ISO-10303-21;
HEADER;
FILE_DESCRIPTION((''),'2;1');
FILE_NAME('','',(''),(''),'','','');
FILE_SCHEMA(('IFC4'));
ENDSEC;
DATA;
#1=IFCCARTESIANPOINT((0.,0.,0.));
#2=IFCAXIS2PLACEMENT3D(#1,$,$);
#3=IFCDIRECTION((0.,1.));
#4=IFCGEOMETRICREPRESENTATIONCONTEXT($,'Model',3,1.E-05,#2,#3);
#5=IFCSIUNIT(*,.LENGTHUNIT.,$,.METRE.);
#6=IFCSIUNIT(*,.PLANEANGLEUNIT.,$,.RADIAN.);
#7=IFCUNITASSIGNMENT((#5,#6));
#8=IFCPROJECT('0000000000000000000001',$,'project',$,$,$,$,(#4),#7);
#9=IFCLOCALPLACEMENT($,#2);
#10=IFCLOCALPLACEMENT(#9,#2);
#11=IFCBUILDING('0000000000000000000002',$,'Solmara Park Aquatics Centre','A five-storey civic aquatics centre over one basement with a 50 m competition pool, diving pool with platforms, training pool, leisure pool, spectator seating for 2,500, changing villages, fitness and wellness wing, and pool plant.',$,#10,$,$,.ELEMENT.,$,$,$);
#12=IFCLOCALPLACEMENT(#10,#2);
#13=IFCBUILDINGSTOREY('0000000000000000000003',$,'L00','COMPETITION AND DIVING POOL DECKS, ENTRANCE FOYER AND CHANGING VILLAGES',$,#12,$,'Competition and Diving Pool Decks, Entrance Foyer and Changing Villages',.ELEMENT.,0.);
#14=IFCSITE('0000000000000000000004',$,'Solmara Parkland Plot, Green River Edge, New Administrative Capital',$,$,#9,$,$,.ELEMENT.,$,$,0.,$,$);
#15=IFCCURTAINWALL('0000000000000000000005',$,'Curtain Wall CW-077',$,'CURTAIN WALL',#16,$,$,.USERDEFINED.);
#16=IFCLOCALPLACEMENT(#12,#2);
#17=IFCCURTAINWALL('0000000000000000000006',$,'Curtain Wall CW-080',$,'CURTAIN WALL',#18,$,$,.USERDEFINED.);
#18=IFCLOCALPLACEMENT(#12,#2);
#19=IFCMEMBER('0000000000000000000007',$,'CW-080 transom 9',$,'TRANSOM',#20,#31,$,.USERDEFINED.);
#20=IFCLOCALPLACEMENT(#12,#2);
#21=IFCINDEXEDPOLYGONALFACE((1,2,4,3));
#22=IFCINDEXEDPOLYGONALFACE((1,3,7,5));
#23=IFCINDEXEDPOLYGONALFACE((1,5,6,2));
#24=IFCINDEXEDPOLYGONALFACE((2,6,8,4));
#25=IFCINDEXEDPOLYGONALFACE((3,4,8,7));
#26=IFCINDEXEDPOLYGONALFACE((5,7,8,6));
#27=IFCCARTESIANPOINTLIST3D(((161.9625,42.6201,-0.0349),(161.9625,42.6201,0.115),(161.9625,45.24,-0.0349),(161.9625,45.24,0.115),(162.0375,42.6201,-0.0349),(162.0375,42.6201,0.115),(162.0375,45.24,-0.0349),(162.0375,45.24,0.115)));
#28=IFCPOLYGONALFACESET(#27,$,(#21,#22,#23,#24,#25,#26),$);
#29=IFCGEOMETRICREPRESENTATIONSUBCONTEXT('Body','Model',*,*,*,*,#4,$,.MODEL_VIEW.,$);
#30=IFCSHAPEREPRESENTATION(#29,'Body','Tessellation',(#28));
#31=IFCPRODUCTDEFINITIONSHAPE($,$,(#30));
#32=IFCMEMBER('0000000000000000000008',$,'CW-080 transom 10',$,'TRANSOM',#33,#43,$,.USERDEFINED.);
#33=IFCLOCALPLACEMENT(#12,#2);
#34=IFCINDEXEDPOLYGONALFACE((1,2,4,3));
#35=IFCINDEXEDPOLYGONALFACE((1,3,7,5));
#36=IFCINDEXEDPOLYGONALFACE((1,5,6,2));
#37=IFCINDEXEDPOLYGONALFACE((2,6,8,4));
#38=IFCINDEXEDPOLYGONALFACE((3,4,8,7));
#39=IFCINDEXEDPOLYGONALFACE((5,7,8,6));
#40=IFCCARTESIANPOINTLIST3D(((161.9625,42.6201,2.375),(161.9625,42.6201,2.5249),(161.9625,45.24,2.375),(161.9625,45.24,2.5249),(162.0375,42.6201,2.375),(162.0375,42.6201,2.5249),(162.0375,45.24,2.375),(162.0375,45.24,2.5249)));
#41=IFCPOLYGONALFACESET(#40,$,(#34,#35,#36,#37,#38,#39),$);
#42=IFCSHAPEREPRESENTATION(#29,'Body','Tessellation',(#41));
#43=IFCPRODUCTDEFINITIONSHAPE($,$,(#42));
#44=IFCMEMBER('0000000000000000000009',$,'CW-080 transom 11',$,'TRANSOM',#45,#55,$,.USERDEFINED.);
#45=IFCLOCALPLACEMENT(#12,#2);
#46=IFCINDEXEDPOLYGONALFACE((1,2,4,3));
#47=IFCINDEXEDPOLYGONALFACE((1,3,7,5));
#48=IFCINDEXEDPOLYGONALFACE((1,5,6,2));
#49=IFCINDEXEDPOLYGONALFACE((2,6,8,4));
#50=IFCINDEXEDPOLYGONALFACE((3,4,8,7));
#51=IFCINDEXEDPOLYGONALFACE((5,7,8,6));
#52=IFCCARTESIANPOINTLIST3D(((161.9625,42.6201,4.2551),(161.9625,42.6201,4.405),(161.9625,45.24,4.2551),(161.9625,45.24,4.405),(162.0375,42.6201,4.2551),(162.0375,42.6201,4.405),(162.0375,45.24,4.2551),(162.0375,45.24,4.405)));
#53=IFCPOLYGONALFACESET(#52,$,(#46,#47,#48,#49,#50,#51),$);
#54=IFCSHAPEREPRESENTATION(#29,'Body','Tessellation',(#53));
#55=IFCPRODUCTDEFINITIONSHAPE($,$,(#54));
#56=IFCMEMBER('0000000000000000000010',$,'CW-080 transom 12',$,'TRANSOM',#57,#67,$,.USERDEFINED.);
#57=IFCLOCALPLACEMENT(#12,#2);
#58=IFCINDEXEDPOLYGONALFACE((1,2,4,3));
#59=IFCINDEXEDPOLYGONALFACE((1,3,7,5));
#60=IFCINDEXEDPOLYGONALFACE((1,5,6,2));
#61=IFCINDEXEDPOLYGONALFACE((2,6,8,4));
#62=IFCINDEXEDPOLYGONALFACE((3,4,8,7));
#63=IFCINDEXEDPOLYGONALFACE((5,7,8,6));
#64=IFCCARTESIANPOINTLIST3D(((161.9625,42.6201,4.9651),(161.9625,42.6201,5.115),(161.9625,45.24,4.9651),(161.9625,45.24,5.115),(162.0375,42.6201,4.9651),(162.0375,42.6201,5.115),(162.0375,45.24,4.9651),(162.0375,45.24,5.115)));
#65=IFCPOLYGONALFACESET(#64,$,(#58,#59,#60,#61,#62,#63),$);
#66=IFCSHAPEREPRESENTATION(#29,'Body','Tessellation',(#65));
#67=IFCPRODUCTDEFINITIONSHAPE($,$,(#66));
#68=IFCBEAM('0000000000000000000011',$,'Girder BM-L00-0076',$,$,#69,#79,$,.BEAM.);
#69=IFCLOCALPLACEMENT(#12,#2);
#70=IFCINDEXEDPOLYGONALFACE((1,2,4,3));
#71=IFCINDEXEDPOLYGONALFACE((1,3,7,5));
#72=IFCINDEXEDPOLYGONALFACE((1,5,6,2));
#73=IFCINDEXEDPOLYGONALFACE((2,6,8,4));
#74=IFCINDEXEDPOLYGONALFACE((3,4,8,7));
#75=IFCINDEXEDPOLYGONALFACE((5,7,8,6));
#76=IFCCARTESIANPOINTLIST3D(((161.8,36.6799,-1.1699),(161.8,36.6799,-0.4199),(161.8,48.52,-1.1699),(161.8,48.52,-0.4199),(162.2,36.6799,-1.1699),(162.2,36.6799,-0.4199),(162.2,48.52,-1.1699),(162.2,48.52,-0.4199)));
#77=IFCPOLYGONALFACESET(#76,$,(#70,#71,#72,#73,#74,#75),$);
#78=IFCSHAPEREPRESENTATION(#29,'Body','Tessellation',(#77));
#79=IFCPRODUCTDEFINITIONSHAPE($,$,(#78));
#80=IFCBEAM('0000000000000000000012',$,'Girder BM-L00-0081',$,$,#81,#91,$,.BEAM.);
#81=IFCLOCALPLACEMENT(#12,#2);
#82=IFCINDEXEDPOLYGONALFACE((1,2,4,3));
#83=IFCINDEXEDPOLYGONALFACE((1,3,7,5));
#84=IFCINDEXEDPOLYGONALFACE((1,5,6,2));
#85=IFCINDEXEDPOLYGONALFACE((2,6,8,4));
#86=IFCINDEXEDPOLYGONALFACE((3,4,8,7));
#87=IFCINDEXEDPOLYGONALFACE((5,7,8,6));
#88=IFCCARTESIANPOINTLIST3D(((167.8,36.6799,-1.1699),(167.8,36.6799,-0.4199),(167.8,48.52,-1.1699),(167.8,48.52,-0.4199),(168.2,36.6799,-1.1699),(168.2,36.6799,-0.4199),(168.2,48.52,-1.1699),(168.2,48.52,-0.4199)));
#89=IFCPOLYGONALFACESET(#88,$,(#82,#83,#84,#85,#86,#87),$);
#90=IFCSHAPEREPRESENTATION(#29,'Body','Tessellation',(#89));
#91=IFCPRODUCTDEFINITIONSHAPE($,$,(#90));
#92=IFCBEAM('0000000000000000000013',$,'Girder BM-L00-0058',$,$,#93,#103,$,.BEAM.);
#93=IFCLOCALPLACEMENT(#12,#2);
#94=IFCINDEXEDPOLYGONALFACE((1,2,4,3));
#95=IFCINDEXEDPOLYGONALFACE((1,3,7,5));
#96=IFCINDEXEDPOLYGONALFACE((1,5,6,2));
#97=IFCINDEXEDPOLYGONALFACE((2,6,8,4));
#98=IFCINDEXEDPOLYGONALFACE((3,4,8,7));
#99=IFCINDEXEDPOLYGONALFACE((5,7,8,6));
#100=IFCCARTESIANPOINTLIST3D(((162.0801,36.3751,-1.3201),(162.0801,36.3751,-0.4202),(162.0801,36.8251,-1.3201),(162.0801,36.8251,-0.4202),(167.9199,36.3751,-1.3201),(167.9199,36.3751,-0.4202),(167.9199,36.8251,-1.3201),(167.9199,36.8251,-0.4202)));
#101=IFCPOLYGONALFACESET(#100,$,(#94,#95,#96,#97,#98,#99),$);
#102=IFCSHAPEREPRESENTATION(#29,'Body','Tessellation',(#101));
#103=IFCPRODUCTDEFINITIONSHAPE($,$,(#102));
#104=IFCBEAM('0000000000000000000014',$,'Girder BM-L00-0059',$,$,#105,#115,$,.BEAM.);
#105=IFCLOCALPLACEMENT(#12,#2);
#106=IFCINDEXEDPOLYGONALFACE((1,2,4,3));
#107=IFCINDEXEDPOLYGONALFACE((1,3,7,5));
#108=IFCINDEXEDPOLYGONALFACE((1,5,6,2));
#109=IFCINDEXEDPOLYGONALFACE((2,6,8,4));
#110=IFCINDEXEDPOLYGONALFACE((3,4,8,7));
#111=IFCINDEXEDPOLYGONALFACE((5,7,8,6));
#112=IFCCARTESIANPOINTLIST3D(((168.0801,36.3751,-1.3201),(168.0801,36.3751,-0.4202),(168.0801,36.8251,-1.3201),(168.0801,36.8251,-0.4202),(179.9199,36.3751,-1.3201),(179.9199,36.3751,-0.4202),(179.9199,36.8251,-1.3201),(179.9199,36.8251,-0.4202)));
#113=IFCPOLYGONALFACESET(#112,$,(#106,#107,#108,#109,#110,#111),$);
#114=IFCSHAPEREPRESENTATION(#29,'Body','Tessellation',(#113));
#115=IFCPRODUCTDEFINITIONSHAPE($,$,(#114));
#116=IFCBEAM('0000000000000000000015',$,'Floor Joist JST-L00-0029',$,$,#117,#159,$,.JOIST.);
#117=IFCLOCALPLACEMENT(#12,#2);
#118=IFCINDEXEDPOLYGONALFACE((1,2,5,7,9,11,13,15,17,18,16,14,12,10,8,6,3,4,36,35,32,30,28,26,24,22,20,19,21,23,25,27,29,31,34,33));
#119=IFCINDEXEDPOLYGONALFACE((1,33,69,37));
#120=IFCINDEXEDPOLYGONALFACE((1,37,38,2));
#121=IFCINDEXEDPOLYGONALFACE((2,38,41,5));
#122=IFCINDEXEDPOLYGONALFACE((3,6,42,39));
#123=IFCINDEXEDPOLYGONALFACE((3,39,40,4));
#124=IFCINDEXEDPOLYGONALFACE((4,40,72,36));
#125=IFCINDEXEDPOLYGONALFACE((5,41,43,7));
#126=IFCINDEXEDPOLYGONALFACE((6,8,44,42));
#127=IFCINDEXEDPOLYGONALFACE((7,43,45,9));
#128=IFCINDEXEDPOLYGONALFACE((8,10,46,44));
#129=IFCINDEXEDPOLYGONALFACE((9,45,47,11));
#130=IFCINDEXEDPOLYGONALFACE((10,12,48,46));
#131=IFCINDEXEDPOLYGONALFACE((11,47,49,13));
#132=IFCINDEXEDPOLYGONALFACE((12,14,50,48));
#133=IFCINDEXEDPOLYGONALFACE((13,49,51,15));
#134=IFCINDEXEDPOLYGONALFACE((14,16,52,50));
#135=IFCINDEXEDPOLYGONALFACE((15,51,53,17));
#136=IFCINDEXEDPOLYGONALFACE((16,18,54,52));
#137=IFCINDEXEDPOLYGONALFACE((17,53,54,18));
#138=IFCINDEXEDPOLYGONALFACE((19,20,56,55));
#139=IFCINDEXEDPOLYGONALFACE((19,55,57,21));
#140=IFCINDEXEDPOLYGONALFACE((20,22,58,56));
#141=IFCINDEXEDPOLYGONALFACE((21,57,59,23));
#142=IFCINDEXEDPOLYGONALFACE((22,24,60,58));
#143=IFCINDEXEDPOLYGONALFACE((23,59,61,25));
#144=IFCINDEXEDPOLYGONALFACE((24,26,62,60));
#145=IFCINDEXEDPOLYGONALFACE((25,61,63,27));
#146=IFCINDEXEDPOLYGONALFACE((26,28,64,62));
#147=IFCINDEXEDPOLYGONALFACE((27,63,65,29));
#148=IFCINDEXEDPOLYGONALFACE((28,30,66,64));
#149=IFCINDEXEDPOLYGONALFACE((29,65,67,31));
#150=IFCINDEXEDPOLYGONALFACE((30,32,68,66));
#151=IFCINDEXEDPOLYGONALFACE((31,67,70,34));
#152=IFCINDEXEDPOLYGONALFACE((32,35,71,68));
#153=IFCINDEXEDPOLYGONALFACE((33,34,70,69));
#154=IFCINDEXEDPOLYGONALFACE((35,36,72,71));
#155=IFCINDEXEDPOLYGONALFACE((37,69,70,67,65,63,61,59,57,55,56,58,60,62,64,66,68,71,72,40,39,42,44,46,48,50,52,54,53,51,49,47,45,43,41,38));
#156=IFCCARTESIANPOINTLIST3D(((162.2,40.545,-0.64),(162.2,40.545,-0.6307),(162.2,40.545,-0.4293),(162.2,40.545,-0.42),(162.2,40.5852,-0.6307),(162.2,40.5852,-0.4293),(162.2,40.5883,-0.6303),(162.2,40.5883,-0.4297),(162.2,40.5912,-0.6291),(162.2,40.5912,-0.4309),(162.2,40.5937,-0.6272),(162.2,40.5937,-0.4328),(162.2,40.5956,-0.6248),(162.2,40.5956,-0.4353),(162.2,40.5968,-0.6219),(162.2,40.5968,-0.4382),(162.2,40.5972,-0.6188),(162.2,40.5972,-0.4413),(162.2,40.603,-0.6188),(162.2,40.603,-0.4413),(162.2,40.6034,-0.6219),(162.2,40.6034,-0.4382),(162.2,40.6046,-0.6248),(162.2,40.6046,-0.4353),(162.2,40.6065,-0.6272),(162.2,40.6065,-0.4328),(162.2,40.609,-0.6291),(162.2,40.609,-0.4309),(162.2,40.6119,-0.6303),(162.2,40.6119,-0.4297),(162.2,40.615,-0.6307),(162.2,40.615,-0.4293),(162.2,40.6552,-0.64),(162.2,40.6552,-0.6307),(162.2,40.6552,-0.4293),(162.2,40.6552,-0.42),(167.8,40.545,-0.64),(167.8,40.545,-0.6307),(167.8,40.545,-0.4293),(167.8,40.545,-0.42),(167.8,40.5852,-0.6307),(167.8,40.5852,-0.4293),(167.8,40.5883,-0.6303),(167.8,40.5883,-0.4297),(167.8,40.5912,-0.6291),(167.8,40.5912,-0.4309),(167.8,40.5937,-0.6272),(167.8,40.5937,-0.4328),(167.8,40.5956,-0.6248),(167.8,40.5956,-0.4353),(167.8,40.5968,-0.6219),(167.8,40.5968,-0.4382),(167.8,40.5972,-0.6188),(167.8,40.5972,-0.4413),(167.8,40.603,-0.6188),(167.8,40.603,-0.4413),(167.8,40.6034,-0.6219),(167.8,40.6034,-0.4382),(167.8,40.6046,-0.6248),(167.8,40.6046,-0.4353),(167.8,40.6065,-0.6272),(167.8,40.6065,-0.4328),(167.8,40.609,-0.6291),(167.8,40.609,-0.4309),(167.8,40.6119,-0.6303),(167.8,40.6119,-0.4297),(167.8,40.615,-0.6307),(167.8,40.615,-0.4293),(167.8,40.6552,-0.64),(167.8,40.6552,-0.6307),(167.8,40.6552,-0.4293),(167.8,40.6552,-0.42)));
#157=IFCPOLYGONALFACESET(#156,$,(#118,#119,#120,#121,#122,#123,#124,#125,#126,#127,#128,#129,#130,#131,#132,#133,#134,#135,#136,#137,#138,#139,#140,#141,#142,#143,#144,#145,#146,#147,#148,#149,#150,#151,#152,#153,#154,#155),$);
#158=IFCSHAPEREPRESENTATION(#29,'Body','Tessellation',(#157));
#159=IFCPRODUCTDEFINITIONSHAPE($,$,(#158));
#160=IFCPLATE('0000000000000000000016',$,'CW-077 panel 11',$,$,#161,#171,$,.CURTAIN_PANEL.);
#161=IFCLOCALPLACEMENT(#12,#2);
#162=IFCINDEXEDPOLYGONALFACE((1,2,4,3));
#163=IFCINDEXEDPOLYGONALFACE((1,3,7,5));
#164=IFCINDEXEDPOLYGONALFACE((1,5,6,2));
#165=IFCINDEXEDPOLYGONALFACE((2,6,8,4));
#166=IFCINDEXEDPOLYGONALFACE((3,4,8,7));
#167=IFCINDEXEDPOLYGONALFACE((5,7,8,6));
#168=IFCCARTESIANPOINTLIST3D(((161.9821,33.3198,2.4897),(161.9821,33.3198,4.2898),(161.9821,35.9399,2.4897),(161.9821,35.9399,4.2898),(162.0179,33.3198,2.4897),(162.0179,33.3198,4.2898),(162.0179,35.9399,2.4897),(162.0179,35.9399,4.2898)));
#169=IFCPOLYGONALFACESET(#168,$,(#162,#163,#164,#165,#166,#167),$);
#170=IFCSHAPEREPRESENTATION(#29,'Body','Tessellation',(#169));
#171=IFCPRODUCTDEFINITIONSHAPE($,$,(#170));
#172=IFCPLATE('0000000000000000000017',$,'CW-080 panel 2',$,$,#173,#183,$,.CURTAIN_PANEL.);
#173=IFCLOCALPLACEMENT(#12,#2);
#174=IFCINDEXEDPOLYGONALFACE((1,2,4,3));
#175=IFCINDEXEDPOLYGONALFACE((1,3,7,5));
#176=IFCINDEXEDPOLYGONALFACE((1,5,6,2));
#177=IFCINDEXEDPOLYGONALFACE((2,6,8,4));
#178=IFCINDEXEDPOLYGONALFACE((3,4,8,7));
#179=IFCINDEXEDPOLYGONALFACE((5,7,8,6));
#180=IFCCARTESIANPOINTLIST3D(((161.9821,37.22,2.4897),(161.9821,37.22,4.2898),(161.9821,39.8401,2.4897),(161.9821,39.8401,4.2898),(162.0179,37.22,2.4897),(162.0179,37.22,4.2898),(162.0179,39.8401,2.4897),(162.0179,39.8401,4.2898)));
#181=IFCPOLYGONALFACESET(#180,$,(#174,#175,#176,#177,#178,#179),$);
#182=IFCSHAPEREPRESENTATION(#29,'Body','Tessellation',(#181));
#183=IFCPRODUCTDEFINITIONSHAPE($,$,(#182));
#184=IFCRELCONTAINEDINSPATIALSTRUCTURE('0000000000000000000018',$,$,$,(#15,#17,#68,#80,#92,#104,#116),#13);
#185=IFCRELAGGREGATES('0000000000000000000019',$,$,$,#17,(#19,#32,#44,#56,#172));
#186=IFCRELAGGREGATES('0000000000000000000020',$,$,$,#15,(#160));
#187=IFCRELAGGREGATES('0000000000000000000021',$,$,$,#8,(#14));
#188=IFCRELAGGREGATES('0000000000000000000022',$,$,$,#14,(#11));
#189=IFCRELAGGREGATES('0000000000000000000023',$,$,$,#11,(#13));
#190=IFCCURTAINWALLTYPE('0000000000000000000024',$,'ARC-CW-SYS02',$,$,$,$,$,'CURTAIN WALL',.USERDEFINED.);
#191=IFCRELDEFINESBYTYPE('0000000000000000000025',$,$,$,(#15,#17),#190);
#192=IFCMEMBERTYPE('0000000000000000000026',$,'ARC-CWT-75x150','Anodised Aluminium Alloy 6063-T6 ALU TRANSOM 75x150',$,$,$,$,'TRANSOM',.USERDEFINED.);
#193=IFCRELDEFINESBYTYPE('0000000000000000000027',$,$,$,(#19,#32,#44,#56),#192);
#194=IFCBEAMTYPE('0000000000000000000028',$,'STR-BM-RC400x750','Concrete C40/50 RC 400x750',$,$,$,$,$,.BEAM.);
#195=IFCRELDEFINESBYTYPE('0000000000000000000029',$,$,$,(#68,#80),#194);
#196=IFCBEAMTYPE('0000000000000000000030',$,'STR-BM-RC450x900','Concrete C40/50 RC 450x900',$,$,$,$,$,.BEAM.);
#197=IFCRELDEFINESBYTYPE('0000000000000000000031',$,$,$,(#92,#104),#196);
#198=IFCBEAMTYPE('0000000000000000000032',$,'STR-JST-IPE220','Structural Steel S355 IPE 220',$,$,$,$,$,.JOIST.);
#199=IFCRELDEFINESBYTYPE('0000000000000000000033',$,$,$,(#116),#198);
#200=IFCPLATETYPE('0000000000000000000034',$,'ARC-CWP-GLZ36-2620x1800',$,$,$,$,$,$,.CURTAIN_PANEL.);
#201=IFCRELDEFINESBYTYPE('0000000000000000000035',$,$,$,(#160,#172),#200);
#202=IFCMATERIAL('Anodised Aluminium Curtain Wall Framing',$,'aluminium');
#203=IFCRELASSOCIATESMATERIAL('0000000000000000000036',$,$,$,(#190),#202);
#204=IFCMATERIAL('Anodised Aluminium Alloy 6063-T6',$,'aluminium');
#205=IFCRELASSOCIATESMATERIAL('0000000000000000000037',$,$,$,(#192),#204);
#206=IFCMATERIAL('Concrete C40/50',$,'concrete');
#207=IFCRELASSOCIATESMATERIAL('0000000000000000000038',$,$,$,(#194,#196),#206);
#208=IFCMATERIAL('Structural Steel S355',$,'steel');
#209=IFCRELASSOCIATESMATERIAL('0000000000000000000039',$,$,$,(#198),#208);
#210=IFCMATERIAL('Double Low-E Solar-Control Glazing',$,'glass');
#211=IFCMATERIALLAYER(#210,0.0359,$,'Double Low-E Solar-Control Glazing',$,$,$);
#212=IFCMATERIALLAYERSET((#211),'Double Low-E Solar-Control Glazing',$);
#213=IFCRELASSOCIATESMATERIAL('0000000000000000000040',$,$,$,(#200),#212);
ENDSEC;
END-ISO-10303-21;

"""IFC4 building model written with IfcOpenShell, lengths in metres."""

from ifc_helpers import new_model, si_unit, direction, frame, origin, origin_2d, place, context, subcontext, project, spatial, rectangle, i_section, extrude, material, layer, layer_set, material_profile, profile_set, type_object, element, aggregate, save


model = new_model("IFC4")

# Units and contexts
model_context = context("Model", 3, precision=1e-05, world=origin(), true_north=direction((0.0, 1.0)))
body_context = subcontext(model_context, "Body", "Model", "MODEL_VIEW")
ifc_project = project(units=[si_unit("LENGTHUNIT", "METRE"), si_unit("PLANEANGLEUNIT", "RADIAN")], contexts=[model_context])

# Site, building, storey
site_placement = place(None, origin())
site = spatial("IfcSite", under=ifc_project, at=site_placement, Name="Solmara Parkland Plot, Green River Edge, New Administrative Capital", CompositionType="ELEMENT", RefElevation=0.0)
building_placement = place(site_placement, origin())
building = spatial("IfcBuilding", under=site, at=building_placement, Name="Solmara Park Aquatics Centre", Description="A five-storey civic aquatics centre over one basement with a 50 m competition pool, diving pool with platforms, training pool, leisure pool, spectator seating for 2,500, changing villages, fitness and wellness wing, and pool plant.", CompositionType="ELEMENT")
storey_placement = place(building_placement, origin())
storey = spatial("IfcBuildingStorey", under=building, at=storey_placement, Name="L00", Description="COMPETITION AND DIVING POOL DECKS, ENTRANCE FOYER AND CHANGING VILLAGES", LongName="Competition and Diving Pool Decks, Entrance Foyer and Changing Villages", CompositionType="ELEMENT", Elevation=0.0)

# Shared definitions
ifc_material_1 = material(Name="Concrete C40/50", Category="concrete")

# Curtain wall
ifc_material_2 = material(Name="Anodised Aluminium Curtain Wall Framing", Category="aluminium")
curtain_wall_type = type_object("IfcCurtainWallType", Name="ARC-CW-SYS02", ElementType="CURTAIN WALL", PredefinedType="USERDEFINED", material=ifc_material_2)
curtain_wall_1_placement = place(storey_placement, origin())
curtain_wall_1 = element("IfcCurtainWall", 1, at=curtain_wall_1_placement, inside=storey, type_object=curtain_wall_type, Name="Curtain Wall CW-077", ObjectType="CURTAIN WALL", PredefinedType="USERDEFINED")
ifc_material_3 = material(Name="Anodised Aluminium Alloy 6063-T6", Category="aluminium")

# Curtain wall, members
curtain_wall_2_placement = place(storey_placement, origin())
curtain_wall_2 = element("IfcCurtainWall", 2, at=curtain_wall_2_placement, inside=storey, type_object=curtain_wall_type, Name="Curtain Wall CW-080", ObjectType="CURTAIN WALL", PredefinedType="USERDEFINED")
ifc_material_profile_1 = material_profile(ifc_material_3, rectangle(XDim=0.075, YDim=0.1499, at=origin_2d()), Name="ALU TRANSOM 75x150")
ifc_profile_set_1 = profile_set([ifc_material_profile_1], Name="Anodised Aluminium Alloy 6063-T6")
member_type_1 = type_object("IfcMemberType", Name="ARC-CWT-75x150", Description="Anodised Aluminium Alloy 6063-T6 ALU TRANSOM 75x150", ElementType="TRANSOM", PredefinedType="USERDEFINED", material=ifc_profile_set_1)
member_1_placement = place(storey_placement, frame((162.0, 42.6201, 0.04), z_axis=(0.0, 1.0, 0.0), x_axis=(-1.0, 0.0, 0.0)))
member_1 = element("IfcMember", 3, at=member_1_placement, type_object=member_type_1, Name="CW-080 transom 9", ObjectType="TRANSOM", PredefinedType="USERDEFINED", context=body_context, shape_type="SweptSolid", body=[
    extrude(rectangle(XDim=0.075, YDim=0.1499, at=origin_2d()), origin(), (0.0, 0.0, 1.0), 2.6199),
])
member_2_placement = place(storey_placement, frame((162.0, 42.6201, 2.45), z_axis=(0.0, 1.0, 0.0), x_axis=(-1.0, 0.0, 0.0)))
member_2 = element("IfcMember", 4, at=member_2_placement, type_object=member_type_1, Name="CW-080 transom 10", ObjectType="TRANSOM", PredefinedType="USERDEFINED", context=body_context, shape_type="SweptSolid", body=[
    extrude(rectangle(XDim=0.075, YDim=0.1499, at=origin_2d()), origin(), (0.0, 0.0, 1.0), 2.6199),
])
member_3_placement = place(storey_placement, frame((162.0, 42.6201, 4.3301), z_axis=(0.0, 1.0, 0.0), x_axis=(-1.0, 0.0, 0.0)))
member_3 = element("IfcMember", 5, at=member_3_placement, type_object=member_type_1, Name="CW-080 transom 11", ObjectType="TRANSOM", PredefinedType="USERDEFINED", context=body_context, shape_type="SweptSolid", body=[
    extrude(rectangle(XDim=0.075, YDim=0.1499, at=origin_2d()), origin(), (0.0, 0.0, 1.0), 2.6199),
])
member_4_placement = place(storey_placement, frame((162.0, 42.6201, 5.04), z_axis=(0.0, 1.0, 0.0), x_axis=(-1.0, 0.0, 0.0)))
member_4 = element("IfcMember", 6, at=member_4_placement, type_object=member_type_1, Name="CW-080 transom 12", ObjectType="TRANSOM", PredefinedType="USERDEFINED", context=body_context, shape_type="SweptSolid", body=[
    extrude(rectangle(XDim=0.075, YDim=0.1499, at=origin_2d()), origin(), (0.0, 0.0, 1.0), 2.6199),
])

# Beams
ifc_material_profile_2 = material_profile(ifc_material_1, rectangle(XDim=0.3999, YDim=0.75, at=origin_2d()), Name="RC 400x750")
ifc_profile_set_2 = profile_set([ifc_material_profile_2], Name="Concrete C40/50")
beam_type_1 = type_object("IfcBeamType", Name="STR-BM-RC400x750", Description="Concrete C40/50 RC 400x750", PredefinedType="BEAM", material=ifc_profile_set_2)
for number, where, z_axis, x_axis, name in (
    (7, (162.0, 36.6799, -0.7949), (0.0, 1.0, 0.0), (-1.0, 0.0, 0.0), "Girder BM-L00-0076"),
    (8, (168.0, 36.6799, -0.7949), (0.0, 1.0, 0.0), (-1.0, 0.0, 0.0), "Girder BM-L00-0081"),
):
    element("IfcBeam", number, at=place(storey_placement, frame(where, z_axis=z_axis, x_axis=x_axis)), inside=storey, type_object=beam_type_1, Name=name, PredefinedType="BEAM", context=body_context, shape_type="SweptSolid", body=[
        extrude(rectangle(XDim=0.3999, YDim=0.75, at=origin_2d()), origin(), (0.0, 0.0, 1.0), 11.8401),
    ])
ifc_material_profile_3 = material_profile(ifc_material_1, rectangle(XDim=0.45, YDim=0.8999, at=origin_2d()), Name="RC 450x900")
ifc_profile_set_3 = profile_set([ifc_material_profile_3], Name="Concrete C40/50")
beam_type_2 = type_object("IfcBeamType", Name="STR-BM-RC450x900", Description="Concrete C40/50 RC 450x900", PredefinedType="BEAM", material=ifc_profile_set_3)
beam_1_placement = place(storey_placement, frame((162.0801, 36.6001, -0.8701), z_axis=(1.0, 0.0, 0.0), x_axis=(0.0, 1.0, 0.0)))
element("IfcBeam", 9, at=beam_1_placement, inside=storey, type_object=beam_type_2, Name="Girder BM-L00-0058", PredefinedType="BEAM", context=body_context, shape_type="SweptSolid", body=[
    extrude(rectangle(XDim=0.45, YDim=0.8999, at=origin_2d()), origin(), (0.0, 0.0, 1.0), 5.8398),
])
beam_2_placement = place(storey_placement, frame((168.0801, 36.6001, -0.8701), z_axis=(1.0, 0.0, 0.0), x_axis=(0.0, 1.0, 0.0)))
element("IfcBeam", 10, at=beam_2_placement, inside=storey, type_object=beam_type_2, Name="Girder BM-L00-0059", PredefinedType="BEAM", context=body_context, shape_type="SweptSolid", body=[
    extrude(rectangle(XDim=0.45, YDim=0.8999, at=origin_2d()), origin(), (0.0, 0.0, 1.0), 11.8398),
])
ifc_material_4 = material(Name="Structural Steel S355", Category="steel")
ifc_material_profile_4 = material_profile(ifc_material_4, i_section(OverallWidth=0.1101, OverallDepth=0.22, WebThickness=0.0059, FlangeThickness=0.0093, FilletRadius=0.012, at=origin_2d()), Name="IPE 220")
ifc_profile_set_4 = profile_set([ifc_material_profile_4], Name="Structural Steel S355")
beam_type_3 = type_object("IfcBeamType", Name="STR-JST-IPE220", Description="Structural Steel S355 IPE 220", PredefinedType="JOIST", material=ifc_profile_set_4)
beam_3_placement = place(storey_placement, frame((162.2, 40.6001, -0.53), z_axis=(1.0, 0.0, 0.0), x_axis=(0.0, 1.0, 0.0)))
element("IfcBeam", 11, at=beam_3_placement, inside=storey, type_object=beam_type_3, Name="Floor Joist JST-L00-0029", PredefinedType="JOIST", context=body_context, shape_type="SweptSolid", body=[
    extrude(i_section(OverallWidth=0.1101, OverallDepth=0.22, WebThickness=0.0059, FlangeThickness=0.0093, FilletRadius=0.012, at=origin_2d()), origin(), (0.0, 0.0, 1.0), 5.6001),
])

# Plates
ifc_material_5 = material(Name="Double Low-E Solar-Control Glazing", Category="glass")
ifc_layer_1 = layer(ifc_material_5, 0.0359, Name="Double Low-E Solar-Control Glazing")
ifc_layer_set_1 = layer_set([ifc_layer_1], Name="Double Low-E Solar-Control Glazing")
plate_type_1 = type_object("IfcPlateType", Name="ARC-CWP-GLZ36-2620x1800", PredefinedType="CURTAIN_PANEL", material=ifc_layer_set_1)
plate_1_placement = place(storey_placement, frame((162.0, 34.6299, 2.4897), z_axis=(0.0, 0.0, 1.0), x_axis=(0.0, 1.0, 0.0)))
plate_1 = element("IfcPlate", 12, at=plate_1_placement, type_object=plate_type_1, Name="CW-077 panel 11", PredefinedType="CURTAIN_PANEL", context=body_context, shape_type="SweptSolid", body=[
    extrude(rectangle(XDim=2.6201, YDim=0.0359, at=origin_2d()), origin(), (0.0, 0.0, 1.0), 1.8),
])
plate_2_placement = place(storey_placement, frame((162.0, 38.53, 2.4897), z_axis=(0.0, 0.0, 1.0), x_axis=(0.0, 1.0, 0.0)))
plate_2 = element("IfcPlate", 13, at=plate_2_placement, type_object=plate_type_1, Name="CW-080 panel 2", PredefinedType="CURTAIN_PANEL", context=body_context, shape_type="SweptSolid", body=[
    extrude(rectangle(XDim=2.6201, YDim=0.0359, at=origin_2d()), origin(), (0.0, 0.0, 1.0), 1.8),
])
aggregate(curtain_wall_2, [member_1, member_2, member_3, member_4, plate_2])
aggregate(curtain_wall_1, [plate_1])

save(model, "model.ifc")
